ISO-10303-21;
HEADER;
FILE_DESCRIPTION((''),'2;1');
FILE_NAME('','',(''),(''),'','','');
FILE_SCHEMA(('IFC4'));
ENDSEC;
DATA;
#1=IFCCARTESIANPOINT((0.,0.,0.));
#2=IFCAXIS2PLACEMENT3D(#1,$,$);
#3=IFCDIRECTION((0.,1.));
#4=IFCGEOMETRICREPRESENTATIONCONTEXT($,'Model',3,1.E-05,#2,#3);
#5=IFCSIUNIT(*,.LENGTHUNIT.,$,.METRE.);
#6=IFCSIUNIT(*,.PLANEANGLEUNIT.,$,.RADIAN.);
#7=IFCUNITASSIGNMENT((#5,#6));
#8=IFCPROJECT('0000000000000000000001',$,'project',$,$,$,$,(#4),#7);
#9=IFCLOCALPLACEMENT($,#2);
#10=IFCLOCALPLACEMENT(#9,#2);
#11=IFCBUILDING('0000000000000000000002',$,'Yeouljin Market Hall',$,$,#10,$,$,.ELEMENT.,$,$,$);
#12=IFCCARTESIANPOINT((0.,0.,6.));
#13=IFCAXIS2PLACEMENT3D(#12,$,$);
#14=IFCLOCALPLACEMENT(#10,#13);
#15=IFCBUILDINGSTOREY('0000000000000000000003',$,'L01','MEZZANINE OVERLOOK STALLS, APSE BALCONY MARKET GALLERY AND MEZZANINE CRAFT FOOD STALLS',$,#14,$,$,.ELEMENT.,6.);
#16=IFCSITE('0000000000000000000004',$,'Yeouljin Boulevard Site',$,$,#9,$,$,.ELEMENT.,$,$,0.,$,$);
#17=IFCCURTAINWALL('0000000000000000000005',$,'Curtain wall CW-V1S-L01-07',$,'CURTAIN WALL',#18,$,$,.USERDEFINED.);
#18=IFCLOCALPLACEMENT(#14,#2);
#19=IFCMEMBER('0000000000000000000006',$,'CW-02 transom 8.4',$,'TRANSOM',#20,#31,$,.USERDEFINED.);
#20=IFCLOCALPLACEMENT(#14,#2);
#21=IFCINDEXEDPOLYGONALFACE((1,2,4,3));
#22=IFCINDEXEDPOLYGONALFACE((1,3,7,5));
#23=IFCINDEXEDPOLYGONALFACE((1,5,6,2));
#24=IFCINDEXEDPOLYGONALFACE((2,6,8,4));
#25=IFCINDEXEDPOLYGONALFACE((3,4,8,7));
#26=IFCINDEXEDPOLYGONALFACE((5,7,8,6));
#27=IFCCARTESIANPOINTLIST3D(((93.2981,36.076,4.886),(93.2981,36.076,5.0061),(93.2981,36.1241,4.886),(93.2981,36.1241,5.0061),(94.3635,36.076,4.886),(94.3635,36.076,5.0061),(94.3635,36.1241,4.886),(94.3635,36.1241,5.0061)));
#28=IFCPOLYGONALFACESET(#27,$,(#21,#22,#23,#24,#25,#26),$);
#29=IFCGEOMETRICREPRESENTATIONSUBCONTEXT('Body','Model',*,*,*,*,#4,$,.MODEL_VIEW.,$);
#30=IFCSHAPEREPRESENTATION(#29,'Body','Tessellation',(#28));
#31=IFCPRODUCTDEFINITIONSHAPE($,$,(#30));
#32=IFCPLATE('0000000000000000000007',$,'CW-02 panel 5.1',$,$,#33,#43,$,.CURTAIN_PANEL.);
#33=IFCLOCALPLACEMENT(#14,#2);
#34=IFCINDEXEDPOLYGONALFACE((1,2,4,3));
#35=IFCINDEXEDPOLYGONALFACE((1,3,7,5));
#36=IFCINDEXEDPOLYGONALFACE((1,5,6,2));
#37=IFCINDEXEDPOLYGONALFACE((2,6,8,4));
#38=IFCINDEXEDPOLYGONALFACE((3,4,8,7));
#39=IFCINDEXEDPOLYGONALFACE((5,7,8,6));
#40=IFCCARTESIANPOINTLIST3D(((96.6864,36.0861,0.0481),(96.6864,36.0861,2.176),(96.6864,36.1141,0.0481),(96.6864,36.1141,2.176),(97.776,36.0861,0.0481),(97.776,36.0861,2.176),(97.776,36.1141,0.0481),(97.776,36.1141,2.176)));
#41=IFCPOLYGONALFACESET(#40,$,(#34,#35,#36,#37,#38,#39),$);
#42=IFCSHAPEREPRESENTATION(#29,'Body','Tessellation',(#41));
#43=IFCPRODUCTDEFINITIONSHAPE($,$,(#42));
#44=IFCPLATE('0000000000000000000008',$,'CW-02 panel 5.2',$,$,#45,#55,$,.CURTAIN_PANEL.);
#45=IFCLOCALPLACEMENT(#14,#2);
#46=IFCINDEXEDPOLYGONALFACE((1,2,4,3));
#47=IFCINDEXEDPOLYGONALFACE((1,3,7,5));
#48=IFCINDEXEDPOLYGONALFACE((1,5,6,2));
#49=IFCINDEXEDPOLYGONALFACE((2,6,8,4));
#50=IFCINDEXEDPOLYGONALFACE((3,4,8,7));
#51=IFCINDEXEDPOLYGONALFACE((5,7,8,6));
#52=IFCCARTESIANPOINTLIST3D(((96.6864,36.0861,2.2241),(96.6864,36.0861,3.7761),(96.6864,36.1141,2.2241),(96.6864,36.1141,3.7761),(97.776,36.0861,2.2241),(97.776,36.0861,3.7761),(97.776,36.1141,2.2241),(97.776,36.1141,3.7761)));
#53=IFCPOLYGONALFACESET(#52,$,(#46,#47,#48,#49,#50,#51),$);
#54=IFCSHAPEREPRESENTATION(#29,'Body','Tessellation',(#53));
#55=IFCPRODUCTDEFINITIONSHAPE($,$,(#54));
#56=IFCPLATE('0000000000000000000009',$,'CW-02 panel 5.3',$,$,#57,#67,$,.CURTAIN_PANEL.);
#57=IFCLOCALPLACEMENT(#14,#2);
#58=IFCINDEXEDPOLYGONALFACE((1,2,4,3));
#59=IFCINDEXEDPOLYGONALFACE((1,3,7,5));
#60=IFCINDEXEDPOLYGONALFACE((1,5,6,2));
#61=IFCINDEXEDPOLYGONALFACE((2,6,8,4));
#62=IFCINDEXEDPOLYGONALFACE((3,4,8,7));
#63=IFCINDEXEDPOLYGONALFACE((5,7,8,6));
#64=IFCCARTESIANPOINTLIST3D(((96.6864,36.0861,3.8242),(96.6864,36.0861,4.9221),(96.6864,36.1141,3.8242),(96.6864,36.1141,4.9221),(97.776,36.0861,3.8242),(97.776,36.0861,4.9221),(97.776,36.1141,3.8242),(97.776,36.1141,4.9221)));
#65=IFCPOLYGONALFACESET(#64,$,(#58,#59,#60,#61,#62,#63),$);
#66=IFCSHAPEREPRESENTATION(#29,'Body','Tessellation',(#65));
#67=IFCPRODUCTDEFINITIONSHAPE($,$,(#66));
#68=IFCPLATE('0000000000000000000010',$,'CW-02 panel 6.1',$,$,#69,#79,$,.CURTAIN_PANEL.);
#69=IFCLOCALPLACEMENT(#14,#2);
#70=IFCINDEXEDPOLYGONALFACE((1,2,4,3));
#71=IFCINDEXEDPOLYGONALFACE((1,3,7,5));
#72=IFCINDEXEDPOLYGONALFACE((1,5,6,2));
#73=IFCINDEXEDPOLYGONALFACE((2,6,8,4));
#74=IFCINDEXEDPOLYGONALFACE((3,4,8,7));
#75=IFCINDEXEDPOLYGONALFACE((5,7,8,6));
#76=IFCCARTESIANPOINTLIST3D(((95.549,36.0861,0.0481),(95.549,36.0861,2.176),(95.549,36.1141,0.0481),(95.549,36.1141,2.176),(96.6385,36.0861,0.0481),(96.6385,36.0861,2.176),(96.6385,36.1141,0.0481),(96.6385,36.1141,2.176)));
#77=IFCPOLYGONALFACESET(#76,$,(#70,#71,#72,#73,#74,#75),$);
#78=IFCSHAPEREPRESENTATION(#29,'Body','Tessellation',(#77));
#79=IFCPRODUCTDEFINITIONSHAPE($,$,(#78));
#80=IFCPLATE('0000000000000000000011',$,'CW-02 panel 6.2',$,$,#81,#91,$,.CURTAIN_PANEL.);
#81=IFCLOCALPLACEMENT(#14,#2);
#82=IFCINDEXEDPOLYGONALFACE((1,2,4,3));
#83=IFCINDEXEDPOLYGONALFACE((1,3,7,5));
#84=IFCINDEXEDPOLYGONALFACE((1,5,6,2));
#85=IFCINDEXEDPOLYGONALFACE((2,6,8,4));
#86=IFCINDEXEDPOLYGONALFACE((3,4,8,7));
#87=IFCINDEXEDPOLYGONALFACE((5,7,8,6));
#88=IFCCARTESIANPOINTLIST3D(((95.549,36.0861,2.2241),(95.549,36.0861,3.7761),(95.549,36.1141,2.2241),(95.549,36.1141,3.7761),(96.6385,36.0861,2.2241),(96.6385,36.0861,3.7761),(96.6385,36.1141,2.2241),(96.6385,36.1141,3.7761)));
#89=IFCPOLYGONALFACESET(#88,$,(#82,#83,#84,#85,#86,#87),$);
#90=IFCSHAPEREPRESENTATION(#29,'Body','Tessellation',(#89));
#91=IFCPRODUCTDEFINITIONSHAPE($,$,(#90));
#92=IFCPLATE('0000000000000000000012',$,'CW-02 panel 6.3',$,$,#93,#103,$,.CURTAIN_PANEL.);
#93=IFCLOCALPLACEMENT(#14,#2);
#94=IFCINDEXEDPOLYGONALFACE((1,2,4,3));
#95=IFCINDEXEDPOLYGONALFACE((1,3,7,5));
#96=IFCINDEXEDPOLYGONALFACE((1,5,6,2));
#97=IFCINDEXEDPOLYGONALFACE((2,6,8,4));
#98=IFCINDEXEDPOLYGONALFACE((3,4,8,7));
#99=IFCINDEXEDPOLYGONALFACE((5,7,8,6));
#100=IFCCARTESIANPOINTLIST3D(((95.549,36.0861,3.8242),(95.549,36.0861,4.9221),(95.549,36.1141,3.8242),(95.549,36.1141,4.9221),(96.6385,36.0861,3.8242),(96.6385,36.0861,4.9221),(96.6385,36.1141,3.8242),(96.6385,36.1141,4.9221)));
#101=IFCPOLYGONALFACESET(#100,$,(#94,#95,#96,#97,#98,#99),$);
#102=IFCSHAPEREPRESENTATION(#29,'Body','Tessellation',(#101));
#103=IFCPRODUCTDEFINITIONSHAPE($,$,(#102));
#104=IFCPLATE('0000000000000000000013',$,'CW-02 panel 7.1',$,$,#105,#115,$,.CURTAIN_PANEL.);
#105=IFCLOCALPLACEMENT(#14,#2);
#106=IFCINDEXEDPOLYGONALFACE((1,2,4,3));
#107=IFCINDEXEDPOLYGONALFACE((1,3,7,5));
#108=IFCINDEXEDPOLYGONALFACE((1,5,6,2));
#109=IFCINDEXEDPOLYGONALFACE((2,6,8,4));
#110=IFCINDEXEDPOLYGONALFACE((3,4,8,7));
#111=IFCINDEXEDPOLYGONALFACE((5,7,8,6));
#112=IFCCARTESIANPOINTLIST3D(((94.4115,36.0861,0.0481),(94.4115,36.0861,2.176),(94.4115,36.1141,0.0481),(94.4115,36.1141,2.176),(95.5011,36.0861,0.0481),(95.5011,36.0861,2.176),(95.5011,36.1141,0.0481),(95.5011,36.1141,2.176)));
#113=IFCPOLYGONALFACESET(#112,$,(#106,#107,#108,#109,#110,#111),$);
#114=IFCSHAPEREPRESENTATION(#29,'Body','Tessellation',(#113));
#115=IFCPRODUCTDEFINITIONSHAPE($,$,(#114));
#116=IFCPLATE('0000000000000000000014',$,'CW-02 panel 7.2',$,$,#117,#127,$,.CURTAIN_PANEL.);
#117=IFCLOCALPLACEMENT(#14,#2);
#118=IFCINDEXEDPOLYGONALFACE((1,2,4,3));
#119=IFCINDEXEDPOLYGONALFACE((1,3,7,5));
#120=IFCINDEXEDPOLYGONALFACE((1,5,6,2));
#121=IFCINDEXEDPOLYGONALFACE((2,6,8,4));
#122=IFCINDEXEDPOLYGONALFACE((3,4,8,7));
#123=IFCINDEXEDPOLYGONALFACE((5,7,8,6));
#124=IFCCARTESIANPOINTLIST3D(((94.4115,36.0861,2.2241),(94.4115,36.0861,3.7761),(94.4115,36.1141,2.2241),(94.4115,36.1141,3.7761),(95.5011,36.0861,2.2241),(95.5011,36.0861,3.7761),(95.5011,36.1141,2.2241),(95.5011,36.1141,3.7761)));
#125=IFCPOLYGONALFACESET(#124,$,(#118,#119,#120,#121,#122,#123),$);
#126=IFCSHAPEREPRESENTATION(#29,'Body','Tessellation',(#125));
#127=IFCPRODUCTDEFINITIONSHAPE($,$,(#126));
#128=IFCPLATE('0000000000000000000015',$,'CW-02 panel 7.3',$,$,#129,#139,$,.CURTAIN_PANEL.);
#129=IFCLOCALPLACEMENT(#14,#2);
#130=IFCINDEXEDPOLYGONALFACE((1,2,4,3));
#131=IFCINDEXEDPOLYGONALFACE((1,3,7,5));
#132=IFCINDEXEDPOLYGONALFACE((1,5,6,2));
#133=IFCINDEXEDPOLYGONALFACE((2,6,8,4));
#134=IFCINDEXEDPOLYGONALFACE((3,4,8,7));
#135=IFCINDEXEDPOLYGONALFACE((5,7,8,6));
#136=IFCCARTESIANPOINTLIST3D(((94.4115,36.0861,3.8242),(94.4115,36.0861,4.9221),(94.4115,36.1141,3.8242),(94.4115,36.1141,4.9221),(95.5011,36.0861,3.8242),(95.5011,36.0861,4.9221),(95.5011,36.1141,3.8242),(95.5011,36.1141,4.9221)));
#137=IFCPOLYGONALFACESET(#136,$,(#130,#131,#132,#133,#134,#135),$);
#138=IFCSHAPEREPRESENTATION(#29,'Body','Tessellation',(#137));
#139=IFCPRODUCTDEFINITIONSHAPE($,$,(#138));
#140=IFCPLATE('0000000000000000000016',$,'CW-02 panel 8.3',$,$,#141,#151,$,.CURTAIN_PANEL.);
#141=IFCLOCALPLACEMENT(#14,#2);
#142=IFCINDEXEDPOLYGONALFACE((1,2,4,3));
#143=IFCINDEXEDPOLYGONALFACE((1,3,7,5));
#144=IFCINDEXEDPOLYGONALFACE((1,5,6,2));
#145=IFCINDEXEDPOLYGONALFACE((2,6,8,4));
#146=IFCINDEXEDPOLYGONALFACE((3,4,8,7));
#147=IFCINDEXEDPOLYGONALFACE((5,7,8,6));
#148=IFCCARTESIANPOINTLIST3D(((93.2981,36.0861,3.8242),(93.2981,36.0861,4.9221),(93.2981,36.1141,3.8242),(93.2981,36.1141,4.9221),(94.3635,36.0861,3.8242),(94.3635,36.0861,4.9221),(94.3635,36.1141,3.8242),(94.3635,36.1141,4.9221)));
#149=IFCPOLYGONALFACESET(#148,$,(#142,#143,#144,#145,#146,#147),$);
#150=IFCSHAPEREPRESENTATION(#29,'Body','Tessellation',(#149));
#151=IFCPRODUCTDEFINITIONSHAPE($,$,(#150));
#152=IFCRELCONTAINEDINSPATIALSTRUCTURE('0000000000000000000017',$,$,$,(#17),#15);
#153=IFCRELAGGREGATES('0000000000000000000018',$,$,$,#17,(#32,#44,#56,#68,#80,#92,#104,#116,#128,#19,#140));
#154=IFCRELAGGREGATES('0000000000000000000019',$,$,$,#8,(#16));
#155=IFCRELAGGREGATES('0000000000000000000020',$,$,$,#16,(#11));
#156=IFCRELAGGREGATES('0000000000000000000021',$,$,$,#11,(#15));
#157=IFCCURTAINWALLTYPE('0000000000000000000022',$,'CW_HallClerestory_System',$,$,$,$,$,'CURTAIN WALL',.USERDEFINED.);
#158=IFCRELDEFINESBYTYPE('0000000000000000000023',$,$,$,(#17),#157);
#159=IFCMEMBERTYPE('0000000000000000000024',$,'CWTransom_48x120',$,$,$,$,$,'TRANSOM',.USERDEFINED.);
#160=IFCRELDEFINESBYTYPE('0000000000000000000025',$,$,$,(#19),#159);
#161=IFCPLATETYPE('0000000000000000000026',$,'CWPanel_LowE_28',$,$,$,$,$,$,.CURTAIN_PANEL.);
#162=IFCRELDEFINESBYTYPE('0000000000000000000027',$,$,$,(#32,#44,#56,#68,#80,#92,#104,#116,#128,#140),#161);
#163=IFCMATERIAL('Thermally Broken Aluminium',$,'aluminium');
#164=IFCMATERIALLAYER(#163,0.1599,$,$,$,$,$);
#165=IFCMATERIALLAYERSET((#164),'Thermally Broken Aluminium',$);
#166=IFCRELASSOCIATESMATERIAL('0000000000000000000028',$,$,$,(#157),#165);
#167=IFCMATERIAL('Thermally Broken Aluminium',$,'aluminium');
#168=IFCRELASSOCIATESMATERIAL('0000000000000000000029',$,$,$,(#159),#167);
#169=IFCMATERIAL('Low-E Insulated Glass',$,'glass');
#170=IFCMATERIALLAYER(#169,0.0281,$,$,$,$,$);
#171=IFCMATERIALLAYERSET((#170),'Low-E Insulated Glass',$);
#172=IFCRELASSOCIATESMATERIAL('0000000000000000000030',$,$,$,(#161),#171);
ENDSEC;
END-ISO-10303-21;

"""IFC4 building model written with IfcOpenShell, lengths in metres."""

from ifc_helpers import new_model, si_unit, direction, frame, origin, origin_2d, place, context, subcontext, project, spatial, rectangle, extrude, material, layer, layer_set, material_profile, profile_set, type_object, element, aggregate, save


model = new_model("IFC4")

# Units and contexts
model_context = context("Model", 3, precision=1e-05, world=origin(), true_north=direction((0.0, 1.0)))
body_context = subcontext(model_context, "Body", "Model", "MODEL_VIEW")
ifc_project = project(units=[si_unit("LENGTHUNIT", "METRE"), si_unit("PLANEANGLEUNIT", "RADIAN")], contexts=[model_context])

# Site, building, storey
site_placement = place(None, origin())
site = spatial("IfcSite", under=ifc_project, at=site_placement, Name="Yeouljin Boulevard Site", CompositionType="ELEMENT", RefElevation=0.0)
building_placement = place(site_placement, origin())
building = spatial("IfcBuilding", under=site, at=building_placement, Name="Yeouljin Market Hall", CompositionType="ELEMENT")
storey_placement = place(building_placement, frame((0.0, 0.0, 6.0)))
storey = spatial("IfcBuildingStorey", under=building, at=storey_placement, Name="L01", Description="MEZZANINE OVERLOOK STALLS, APSE BALCONY MARKET GALLERY AND MEZZANINE CRAFT FOOD STALLS", CompositionType="ELEMENT", Elevation=6.0)

# Curtain wall, member, plates
ifc_material_1 = material(Name="Thermally Broken Aluminium", Category="aluminium")
ifc_layer_1 = layer(ifc_material_1, 0.1599)
ifc_layer_set_1 = layer_set([ifc_layer_1], Name="Thermally Broken Aluminium")
curtain_wall_type = type_object("IfcCurtainWallType", Name="CW_HallClerestory_System", ElementType="CURTAIN WALL", PredefinedType="USERDEFINED", material=ifc_layer_set_1)
curtain_wall_placement = place(storey_placement, origin())
curtain_wall = element("IfcCurtainWall", 1, at=curtain_wall_placement, inside=storey, type_object=curtain_wall_type, Name="Curtain wall CW-V1S-L01-07", ObjectType="CURTAIN WALL", PredefinedType="USERDEFINED")
ifc_material_2 = material(Name="Thermally Broken Aluminium", Category="aluminium")
ifc_material_profile_1 = material_profile(ifc_material_2, rectangle(XDim=0.0481, YDim=0.1201, at=origin_2d()), Name="CW-TRAN-48x120")
ifc_profile_set_1 = profile_set([ifc_material_profile_1], Name="Thermally Broken Aluminium")
member_type_1 = type_object("IfcMemberType", Name="CWTransom_48x120", ElementType="TRANSOM", PredefinedType="USERDEFINED", material=ifc_profile_set_1)
member_1_placement = place(storey_placement, frame((94.3635, 36.1001, 4.946), z_axis=(-1.0, 0.0, 0.0), x_axis=(0.0, -1.0, 0.0)))
member_1 = element("IfcMember", 2, at=member_1_placement, type_object=member_type_1, Name="CW-02 transom 8.4", ObjectType="TRANSOM", PredefinedType="USERDEFINED", context=body_context, shape_type="SweptSolid", body=[
    extrude(rectangle(XDim=0.0481, YDim=0.1201, at=origin_2d()), origin(), (0.0, 0.0, 1.0), 1.0654),
])
ifc_material_3 = material(Name="Low-E Insulated Glass", Category="glass")
ifc_layer_2 = layer(ifc_material_3, 0.0281)
ifc_layer_set_2 = layer_set([ifc_layer_2], Name="Low-E Insulated Glass")
plate_type = type_object("IfcPlateType", Name="CWPanel_LowE_28", PredefinedType="CURTAIN_PANEL", material=ifc_layer_set_2)
plate_1_placement = place(storey_placement, frame((97.2312, 36.1001, 0.0481), z_axis=(0.0, 0.0, 1.0), x_axis=(-1.0, 0.0, 0.0)))
plate_1 = element("IfcPlate", 3, at=plate_1_placement, type_object=plate_type, Name="CW-02 panel 5.1", PredefinedType="CURTAIN_PANEL", context=body_context, shape_type="SweptSolid", body=[
    extrude(rectangle(XDim=1.0896, YDim=0.0281, at=origin_2d()), origin(), (0.0, 0.0, 1.0), 2.1279),
])
plate_2_placement = place(storey_placement, frame((97.2312, 36.1001, 2.2241), z_axis=(0.0, 0.0, 1.0), x_axis=(-1.0, 0.0, 0.0)))
plate_2 = element("IfcPlate", 4, at=plate_2_placement, type_object=plate_type, Name="CW-02 panel 5.2", PredefinedType="CURTAIN_PANEL", context=body_context, shape_type="SweptSolid", body=[
    extrude(rectangle(XDim=1.0896, YDim=0.0281, at=origin_2d()), origin(), (0.0, 0.0, 1.0), 1.552),
])
plate_3_placement = place(storey_placement, frame((97.2312, 36.1001, 3.8242), z_axis=(0.0, 0.0, 1.0), x_axis=(-1.0, 0.0, 0.0)))
plate_3 = element("IfcPlate", 5, at=plate_3_placement, type_object=plate_type, Name="CW-02 panel 5.3", PredefinedType="CURTAIN_PANEL", context=body_context, shape_type="SweptSolid", body=[
    extrude(rectangle(XDim=1.0896, YDim=0.0281, at=origin_2d()), origin(), (0.0, 0.0, 1.0), 1.0979),
])
plate_4_placement = place(storey_placement, frame((96.0938, 36.1001, 0.0481), z_axis=(0.0, 0.0, 1.0), x_axis=(-1.0, 0.0, 0.0)))
plate_4 = element("IfcPlate", 6, at=plate_4_placement, type_object=plate_type, Name="CW-02 panel 6.1", PredefinedType="CURTAIN_PANEL", context=body_context, shape_type="SweptSolid", body=[
    extrude(rectangle(XDim=1.0896, YDim=0.0281, at=origin_2d()), origin(), (0.0, 0.0, 1.0), 2.1279),
])
plate_5_placement = place(storey_placement, frame((96.0938, 36.1001, 2.2241), z_axis=(0.0, 0.0, 1.0), x_axis=(-1.0, 0.0, 0.0)))
plate_5 = element("IfcPlate", 7, at=plate_5_placement, type_object=plate_type, Name="CW-02 panel 6.2", PredefinedType="CURTAIN_PANEL", context=body_context, shape_type="SweptSolid", body=[
    extrude(rectangle(XDim=1.0896, YDim=0.0281, at=origin_2d()), origin(), (0.0, 0.0, 1.0), 1.552),
])
plate_6_placement = place(storey_placement, frame((96.0938, 36.1001, 3.8242), z_axis=(0.0, 0.0, 1.0), x_axis=(-1.0, 0.0, 0.0)))
plate_6 = element("IfcPlate", 8, at=plate_6_placement, type_object=plate_type, Name="CW-02 panel 6.3", PredefinedType="CURTAIN_PANEL", context=body_context, shape_type="SweptSolid", body=[
    extrude(rectangle(XDim=1.0896, YDim=0.0281, at=origin_2d()), origin(), (0.0, 0.0, 1.0), 1.0979),
])
plate_7_placement = place(storey_placement, frame((94.9563, 36.1001, 0.0481), z_axis=(0.0, 0.0, 1.0), x_axis=(-1.0, 0.0, 0.0)))
plate_7 = element("IfcPlate", 9, at=plate_7_placement, type_object=plate_type, Name="CW-02 panel 7.1", PredefinedType="CURTAIN_PANEL", context=body_context, shape_type="SweptSolid", body=[
    extrude(rectangle(XDim=1.0896, YDim=0.0281, at=origin_2d()), origin(), (0.0, 0.0, 1.0), 2.1279),
])
plate_8_placement = place(storey_placement, frame((94.9563, 36.1001, 2.2241), z_axis=(0.0, 0.0, 1.0), x_axis=(-1.0, 0.0, 0.0)))
plate_8 = element("IfcPlate", 10, at=plate_8_placement, type_object=plate_type, Name="CW-02 panel 7.2", PredefinedType="CURTAIN_PANEL", context=body_context, shape_type="SweptSolid", body=[
    extrude(rectangle(XDim=1.0896, YDim=0.0281, at=origin_2d()), origin(), (0.0, 0.0, 1.0), 1.552),
])
plate_9_placement = place(storey_placement, frame((94.9563, 36.1001, 3.8242), z_axis=(0.0, 0.0, 1.0), x_axis=(-1.0, 0.0, 0.0)))
plate_9 = element("IfcPlate", 11, at=plate_9_placement, type_object=plate_type, Name="CW-02 panel 7.3", PredefinedType="CURTAIN_PANEL", context=body_context, shape_type="SweptSolid", body=[
    extrude(rectangle(XDim=1.0896, YDim=0.0281, at=origin_2d()), origin(), (0.0, 0.0, 1.0), 1.0979),
])
plate_10_placement = place(storey_placement, frame((93.8308, 36.1001, 3.8242), z_axis=(0.0, 0.0, 1.0), x_axis=(-1.0, 0.0, 0.0)))
plate_10 = element("IfcPlate", 12, at=plate_10_placement, type_object=plate_type, Name="CW-02 panel 8.3", PredefinedType="CURTAIN_PANEL", context=body_context, shape_type="SweptSolid", body=[
    extrude(rectangle(XDim=1.0654, YDim=0.0281, at=origin_2d()), origin(), (0.0, 0.0, 1.0), 1.0979),
])
aggregate(curtain_wall, [plate_1, plate_2, plate_3, plate_4, plate_5, plate_6, plate_7, plate_8, plate_9, member_1, plate_10])

save(model, "model.ifc")
